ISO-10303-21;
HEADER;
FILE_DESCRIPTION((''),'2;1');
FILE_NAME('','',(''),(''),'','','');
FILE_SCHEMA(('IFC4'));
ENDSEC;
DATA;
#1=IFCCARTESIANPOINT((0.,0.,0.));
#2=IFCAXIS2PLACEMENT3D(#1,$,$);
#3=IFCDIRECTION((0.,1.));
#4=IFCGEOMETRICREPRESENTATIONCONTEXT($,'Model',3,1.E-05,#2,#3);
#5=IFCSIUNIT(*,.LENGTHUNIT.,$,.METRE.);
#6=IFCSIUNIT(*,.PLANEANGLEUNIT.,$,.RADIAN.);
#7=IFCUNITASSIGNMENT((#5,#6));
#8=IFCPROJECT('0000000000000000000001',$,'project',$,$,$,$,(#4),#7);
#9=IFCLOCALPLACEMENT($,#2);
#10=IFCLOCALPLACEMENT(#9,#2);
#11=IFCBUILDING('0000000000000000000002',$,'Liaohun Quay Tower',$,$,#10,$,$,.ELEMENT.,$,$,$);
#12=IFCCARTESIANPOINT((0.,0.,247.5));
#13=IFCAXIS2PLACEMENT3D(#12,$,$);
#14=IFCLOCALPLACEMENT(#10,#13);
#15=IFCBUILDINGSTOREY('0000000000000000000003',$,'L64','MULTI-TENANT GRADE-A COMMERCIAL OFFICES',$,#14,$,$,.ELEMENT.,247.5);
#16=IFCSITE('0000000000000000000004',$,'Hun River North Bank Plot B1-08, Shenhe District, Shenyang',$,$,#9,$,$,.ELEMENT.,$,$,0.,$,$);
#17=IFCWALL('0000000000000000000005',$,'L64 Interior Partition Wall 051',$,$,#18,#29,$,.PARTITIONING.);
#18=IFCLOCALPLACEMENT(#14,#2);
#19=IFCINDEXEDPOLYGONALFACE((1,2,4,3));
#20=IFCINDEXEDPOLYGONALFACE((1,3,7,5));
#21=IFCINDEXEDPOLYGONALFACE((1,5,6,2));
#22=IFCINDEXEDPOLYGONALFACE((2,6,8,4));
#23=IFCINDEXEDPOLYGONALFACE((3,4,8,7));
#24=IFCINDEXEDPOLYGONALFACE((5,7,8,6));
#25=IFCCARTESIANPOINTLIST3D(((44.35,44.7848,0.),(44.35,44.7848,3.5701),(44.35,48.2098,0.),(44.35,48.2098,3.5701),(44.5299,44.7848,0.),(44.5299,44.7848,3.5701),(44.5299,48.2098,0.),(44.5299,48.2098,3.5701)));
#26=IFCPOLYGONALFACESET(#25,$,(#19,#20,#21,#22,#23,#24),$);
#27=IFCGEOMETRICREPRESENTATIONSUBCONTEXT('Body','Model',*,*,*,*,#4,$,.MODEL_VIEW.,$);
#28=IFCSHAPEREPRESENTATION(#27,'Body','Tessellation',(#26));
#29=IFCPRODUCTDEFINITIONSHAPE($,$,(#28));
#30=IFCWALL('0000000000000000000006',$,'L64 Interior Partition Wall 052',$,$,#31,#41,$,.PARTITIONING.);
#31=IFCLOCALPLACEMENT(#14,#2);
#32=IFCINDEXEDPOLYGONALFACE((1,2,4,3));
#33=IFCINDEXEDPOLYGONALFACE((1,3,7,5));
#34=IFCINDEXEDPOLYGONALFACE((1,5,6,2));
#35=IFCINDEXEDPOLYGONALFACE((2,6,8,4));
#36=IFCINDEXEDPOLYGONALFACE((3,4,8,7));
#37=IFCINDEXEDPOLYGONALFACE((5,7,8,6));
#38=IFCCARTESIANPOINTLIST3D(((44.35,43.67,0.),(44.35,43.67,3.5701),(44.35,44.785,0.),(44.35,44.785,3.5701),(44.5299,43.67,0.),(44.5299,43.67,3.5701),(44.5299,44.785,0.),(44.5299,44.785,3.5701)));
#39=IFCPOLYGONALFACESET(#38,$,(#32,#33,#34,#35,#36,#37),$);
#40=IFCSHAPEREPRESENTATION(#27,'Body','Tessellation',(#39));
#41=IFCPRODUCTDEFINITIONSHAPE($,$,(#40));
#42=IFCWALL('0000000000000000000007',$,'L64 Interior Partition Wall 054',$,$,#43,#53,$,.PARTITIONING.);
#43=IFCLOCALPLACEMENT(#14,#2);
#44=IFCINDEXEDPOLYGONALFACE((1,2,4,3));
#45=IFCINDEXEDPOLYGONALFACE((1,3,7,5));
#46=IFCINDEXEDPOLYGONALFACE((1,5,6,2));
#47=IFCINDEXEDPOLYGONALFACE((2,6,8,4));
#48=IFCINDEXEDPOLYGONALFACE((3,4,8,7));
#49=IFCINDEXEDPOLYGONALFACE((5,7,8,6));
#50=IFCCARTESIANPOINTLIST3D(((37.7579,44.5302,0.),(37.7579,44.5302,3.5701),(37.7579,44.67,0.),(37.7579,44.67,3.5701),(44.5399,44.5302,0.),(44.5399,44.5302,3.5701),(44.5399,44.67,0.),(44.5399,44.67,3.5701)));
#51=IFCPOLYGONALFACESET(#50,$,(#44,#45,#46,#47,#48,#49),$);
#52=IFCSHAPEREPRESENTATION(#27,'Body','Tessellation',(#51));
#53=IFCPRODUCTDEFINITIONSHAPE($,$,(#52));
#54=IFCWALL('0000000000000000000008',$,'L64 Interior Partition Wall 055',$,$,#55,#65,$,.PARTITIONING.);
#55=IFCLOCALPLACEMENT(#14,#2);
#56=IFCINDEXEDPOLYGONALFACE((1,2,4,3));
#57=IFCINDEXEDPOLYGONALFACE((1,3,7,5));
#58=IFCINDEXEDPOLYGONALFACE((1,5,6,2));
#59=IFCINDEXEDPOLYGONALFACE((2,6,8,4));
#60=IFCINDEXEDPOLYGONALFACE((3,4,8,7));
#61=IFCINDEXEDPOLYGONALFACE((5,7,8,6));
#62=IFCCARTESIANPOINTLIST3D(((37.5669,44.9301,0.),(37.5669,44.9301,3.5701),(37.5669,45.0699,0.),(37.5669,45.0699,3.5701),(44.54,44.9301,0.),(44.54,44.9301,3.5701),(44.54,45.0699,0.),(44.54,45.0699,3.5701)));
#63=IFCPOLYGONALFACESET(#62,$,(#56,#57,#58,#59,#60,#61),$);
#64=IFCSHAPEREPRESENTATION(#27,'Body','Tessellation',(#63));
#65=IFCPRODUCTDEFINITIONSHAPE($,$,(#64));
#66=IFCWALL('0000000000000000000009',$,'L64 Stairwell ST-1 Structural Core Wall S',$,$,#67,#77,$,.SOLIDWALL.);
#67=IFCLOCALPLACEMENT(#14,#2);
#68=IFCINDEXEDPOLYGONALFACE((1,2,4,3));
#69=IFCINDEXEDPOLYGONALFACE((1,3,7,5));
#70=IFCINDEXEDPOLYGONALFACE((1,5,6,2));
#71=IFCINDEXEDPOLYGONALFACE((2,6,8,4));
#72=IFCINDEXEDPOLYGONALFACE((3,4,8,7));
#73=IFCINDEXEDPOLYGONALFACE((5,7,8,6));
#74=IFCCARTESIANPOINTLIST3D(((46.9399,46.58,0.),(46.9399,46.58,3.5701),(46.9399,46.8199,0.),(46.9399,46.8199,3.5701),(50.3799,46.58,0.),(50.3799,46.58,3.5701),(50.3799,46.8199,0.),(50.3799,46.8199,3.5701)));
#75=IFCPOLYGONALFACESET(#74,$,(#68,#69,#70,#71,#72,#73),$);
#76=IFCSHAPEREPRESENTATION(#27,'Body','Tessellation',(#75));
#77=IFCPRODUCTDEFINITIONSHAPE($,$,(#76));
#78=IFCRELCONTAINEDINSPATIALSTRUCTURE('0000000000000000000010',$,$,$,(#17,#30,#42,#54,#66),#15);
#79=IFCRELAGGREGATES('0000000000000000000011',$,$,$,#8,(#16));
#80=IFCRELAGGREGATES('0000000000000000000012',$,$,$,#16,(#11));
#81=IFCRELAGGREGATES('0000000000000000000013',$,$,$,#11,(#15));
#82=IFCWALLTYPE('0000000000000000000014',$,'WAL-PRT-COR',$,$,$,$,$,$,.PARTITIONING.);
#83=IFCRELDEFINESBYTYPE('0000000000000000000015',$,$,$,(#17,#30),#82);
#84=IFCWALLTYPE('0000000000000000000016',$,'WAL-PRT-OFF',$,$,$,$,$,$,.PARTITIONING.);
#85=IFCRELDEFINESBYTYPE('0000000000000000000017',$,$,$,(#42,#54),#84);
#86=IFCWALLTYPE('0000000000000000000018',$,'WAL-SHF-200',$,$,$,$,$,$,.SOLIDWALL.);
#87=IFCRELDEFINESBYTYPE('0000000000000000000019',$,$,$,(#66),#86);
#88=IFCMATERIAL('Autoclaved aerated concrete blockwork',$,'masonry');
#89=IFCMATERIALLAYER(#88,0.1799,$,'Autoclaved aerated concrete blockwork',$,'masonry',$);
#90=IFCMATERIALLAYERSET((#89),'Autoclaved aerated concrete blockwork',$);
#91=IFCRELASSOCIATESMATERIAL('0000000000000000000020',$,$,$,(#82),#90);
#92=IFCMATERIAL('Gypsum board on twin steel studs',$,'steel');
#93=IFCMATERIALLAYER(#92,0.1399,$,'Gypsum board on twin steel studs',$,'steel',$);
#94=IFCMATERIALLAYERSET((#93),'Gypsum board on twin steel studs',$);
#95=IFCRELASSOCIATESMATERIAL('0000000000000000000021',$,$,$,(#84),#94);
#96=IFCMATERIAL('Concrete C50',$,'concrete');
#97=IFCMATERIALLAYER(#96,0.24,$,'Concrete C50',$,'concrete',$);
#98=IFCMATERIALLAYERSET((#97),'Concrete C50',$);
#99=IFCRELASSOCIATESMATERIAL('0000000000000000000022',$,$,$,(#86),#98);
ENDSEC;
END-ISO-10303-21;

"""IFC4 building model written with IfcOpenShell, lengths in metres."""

from ifc_helpers import new_model, si_unit, direction, frame, frame_2d, origin, place, context, subcontext, project, spatial, rectangle, extrude, material, layer, layer_set, type_object, element, save


model = new_model("IFC4")

# Units and contexts
model_context = context("Model", 3, precision=1e-05, world=origin(), true_north=direction((0.0, 1.0)))
body_context = subcontext(model_context, "Body", "Model", "MODEL_VIEW")
ifc_project = project(units=[si_unit("LENGTHUNIT", "METRE"), si_unit("PLANEANGLEUNIT", "RADIAN")], contexts=[model_context])

# Site, building, storey
site_placement = place(None, origin())
site = spatial("IfcSite", under=ifc_project, at=site_placement, Name="Hun River North Bank Plot B1-08, Shenhe District, Shenyang", CompositionType="ELEMENT", RefElevation=0.0)
building_placement = place(site_placement, origin())
building = spatial("IfcBuilding", under=site, at=building_placement, Name="Liaohun Quay Tower", CompositionType="ELEMENT")
storey_placement = place(building_placement, frame((0.0, 0.0, 247.5)))
storey = spatial("IfcBuildingStorey", under=building, at=storey_placement, Name="L64", Description="MULTI-TENANT GRADE-A COMMERCIAL OFFICES", CompositionType="ELEMENT", Elevation=247.5)

# Walls
ifc_material_1 = material(Name="Autoclaved aerated concrete blockwork", Category="masonry")
ifc_layer_1 = layer(ifc_material_1, 0.1799, Name="Autoclaved aerated concrete blockwork", Category="masonry")
ifc_layer_set_1 = layer_set([ifc_layer_1], Name="Autoclaved aerated concrete blockwork")
wall_type_1 = type_object("IfcWallType", Name="WAL-PRT-COR", PredefinedType="PARTITIONING", material=ifc_layer_set_1)
wall_1_placement = place(storey_placement, frame((44.4399, 44.7849, 0.0), z_axis=(0.0, 0.0, 1.0), x_axis=(0.0, 1.0, 0.0)))
element("IfcWall", 1, at=wall_1_placement, inside=storey, type_object=wall_type_1, Name="L64 Interior Partition Wall 051", PredefinedType="PARTITIONING", context=body_context, shape_type="SweptSolid", body=[
    extrude(rectangle(XDim=3.425, YDim=0.1799, at=frame_2d((1.7124, 0.0))), origin(), (0.0, 0.0, 1.0), 3.5701),
])
wall_2_placement = place(storey_placement, frame((44.4399, 43.6699, 0.0), z_axis=(0.0, 0.0, 1.0), x_axis=(0.0, 1.0, 0.0)))
element("IfcWall", 2, at=wall_2_placement, inside=storey, type_object=wall_type_1, Name="L64 Interior Partition Wall 052", PredefinedType="PARTITIONING", context=body_context, shape_type="SweptSolid", body=[
    extrude(rectangle(XDim=1.115, YDim=0.1799, at=frame_2d((0.5576, 0.0))), origin(), (0.0, 0.0, 1.0), 3.5701),
])
ifc_material_2 = material(Name="Gypsum board on twin steel studs", Category="steel")
ifc_layer_2 = layer(ifc_material_2, 0.1399, Name="Gypsum board on twin steel studs", Category="steel")
ifc_layer_set_2 = layer_set([ifc_layer_2], Name="Gypsum board on twin steel studs")
wall_type_2 = type_object("IfcWallType", Name="WAL-PRT-OFF", PredefinedType="PARTITIONING", material=ifc_layer_set_2)
wall_3_placement = place(storey_placement, frame((44.54, 44.6001, 0.0), z_axis=(0.0, 0.0, 1.0), x_axis=(-1.0, 0.0, 0.0)))
element("IfcWall", 3, at=wall_3_placement, inside=storey, type_object=wall_type_2, Name="L64 Interior Partition Wall 054", PredefinedType="PARTITIONING", context=body_context, shape_type="SweptSolid", body=[
    extrude(rectangle(XDim=6.782, YDim=0.1399, at=frame_2d((3.3911, 0.0))), origin(), (0.0, 0.0, 1.0), 3.5701),
])
wall_4_placement = place(storey_placement, frame((44.54, 45.0, 0.0), z_axis=(0.0, 0.0, 1.0), x_axis=(-1.0, 0.0, 0.0)))
element("IfcWall", 4, at=wall_4_placement, inside=storey, type_object=wall_type_2, Name="L64 Interior Partition Wall 055", PredefinedType="PARTITIONING", context=body_context, shape_type="SweptSolid", body=[
    extrude(rectangle(XDim=6.9731, YDim=0.1399, at=frame_2d((3.4866, 0.0))), origin(), (0.0, 0.0, 1.0), 3.5701),
])
ifc_material_3 = material(Name="Concrete C50", Category="concrete")
ifc_layer_3 = layer(ifc_material_3, 0.24, Name="Concrete C50", Category="concrete")
ifc_layer_set_3 = layer_set([ifc_layer_3], Name="Concrete C50")
wall_type_3 = type_object("IfcWallType", Name="WAL-SHF-200", PredefinedType="SOLIDWALL", material=ifc_layer_set_3)
wall_5_placement = place(storey_placement, frame((46.9399, 46.7, 0.0), z_axis=(0.0, 0.0, 1.0), x_axis=(1.0, 0.0, 0.0)))
element("IfcWall", 5, at=wall_5_placement, inside=storey, type_object=wall_type_3, Name="L64 Stairwell ST-1 Structural Core Wall S", PredefinedType="SOLIDWALL", context=body_context, shape_type="SweptSolid", body=[
    extrude(rectangle(XDim=3.4399, YDim=0.24, at=frame_2d((1.72, 0.0))), origin(), (0.0, 0.0, 1.0), 3.5701),
])

save(model, "model.ifc")
